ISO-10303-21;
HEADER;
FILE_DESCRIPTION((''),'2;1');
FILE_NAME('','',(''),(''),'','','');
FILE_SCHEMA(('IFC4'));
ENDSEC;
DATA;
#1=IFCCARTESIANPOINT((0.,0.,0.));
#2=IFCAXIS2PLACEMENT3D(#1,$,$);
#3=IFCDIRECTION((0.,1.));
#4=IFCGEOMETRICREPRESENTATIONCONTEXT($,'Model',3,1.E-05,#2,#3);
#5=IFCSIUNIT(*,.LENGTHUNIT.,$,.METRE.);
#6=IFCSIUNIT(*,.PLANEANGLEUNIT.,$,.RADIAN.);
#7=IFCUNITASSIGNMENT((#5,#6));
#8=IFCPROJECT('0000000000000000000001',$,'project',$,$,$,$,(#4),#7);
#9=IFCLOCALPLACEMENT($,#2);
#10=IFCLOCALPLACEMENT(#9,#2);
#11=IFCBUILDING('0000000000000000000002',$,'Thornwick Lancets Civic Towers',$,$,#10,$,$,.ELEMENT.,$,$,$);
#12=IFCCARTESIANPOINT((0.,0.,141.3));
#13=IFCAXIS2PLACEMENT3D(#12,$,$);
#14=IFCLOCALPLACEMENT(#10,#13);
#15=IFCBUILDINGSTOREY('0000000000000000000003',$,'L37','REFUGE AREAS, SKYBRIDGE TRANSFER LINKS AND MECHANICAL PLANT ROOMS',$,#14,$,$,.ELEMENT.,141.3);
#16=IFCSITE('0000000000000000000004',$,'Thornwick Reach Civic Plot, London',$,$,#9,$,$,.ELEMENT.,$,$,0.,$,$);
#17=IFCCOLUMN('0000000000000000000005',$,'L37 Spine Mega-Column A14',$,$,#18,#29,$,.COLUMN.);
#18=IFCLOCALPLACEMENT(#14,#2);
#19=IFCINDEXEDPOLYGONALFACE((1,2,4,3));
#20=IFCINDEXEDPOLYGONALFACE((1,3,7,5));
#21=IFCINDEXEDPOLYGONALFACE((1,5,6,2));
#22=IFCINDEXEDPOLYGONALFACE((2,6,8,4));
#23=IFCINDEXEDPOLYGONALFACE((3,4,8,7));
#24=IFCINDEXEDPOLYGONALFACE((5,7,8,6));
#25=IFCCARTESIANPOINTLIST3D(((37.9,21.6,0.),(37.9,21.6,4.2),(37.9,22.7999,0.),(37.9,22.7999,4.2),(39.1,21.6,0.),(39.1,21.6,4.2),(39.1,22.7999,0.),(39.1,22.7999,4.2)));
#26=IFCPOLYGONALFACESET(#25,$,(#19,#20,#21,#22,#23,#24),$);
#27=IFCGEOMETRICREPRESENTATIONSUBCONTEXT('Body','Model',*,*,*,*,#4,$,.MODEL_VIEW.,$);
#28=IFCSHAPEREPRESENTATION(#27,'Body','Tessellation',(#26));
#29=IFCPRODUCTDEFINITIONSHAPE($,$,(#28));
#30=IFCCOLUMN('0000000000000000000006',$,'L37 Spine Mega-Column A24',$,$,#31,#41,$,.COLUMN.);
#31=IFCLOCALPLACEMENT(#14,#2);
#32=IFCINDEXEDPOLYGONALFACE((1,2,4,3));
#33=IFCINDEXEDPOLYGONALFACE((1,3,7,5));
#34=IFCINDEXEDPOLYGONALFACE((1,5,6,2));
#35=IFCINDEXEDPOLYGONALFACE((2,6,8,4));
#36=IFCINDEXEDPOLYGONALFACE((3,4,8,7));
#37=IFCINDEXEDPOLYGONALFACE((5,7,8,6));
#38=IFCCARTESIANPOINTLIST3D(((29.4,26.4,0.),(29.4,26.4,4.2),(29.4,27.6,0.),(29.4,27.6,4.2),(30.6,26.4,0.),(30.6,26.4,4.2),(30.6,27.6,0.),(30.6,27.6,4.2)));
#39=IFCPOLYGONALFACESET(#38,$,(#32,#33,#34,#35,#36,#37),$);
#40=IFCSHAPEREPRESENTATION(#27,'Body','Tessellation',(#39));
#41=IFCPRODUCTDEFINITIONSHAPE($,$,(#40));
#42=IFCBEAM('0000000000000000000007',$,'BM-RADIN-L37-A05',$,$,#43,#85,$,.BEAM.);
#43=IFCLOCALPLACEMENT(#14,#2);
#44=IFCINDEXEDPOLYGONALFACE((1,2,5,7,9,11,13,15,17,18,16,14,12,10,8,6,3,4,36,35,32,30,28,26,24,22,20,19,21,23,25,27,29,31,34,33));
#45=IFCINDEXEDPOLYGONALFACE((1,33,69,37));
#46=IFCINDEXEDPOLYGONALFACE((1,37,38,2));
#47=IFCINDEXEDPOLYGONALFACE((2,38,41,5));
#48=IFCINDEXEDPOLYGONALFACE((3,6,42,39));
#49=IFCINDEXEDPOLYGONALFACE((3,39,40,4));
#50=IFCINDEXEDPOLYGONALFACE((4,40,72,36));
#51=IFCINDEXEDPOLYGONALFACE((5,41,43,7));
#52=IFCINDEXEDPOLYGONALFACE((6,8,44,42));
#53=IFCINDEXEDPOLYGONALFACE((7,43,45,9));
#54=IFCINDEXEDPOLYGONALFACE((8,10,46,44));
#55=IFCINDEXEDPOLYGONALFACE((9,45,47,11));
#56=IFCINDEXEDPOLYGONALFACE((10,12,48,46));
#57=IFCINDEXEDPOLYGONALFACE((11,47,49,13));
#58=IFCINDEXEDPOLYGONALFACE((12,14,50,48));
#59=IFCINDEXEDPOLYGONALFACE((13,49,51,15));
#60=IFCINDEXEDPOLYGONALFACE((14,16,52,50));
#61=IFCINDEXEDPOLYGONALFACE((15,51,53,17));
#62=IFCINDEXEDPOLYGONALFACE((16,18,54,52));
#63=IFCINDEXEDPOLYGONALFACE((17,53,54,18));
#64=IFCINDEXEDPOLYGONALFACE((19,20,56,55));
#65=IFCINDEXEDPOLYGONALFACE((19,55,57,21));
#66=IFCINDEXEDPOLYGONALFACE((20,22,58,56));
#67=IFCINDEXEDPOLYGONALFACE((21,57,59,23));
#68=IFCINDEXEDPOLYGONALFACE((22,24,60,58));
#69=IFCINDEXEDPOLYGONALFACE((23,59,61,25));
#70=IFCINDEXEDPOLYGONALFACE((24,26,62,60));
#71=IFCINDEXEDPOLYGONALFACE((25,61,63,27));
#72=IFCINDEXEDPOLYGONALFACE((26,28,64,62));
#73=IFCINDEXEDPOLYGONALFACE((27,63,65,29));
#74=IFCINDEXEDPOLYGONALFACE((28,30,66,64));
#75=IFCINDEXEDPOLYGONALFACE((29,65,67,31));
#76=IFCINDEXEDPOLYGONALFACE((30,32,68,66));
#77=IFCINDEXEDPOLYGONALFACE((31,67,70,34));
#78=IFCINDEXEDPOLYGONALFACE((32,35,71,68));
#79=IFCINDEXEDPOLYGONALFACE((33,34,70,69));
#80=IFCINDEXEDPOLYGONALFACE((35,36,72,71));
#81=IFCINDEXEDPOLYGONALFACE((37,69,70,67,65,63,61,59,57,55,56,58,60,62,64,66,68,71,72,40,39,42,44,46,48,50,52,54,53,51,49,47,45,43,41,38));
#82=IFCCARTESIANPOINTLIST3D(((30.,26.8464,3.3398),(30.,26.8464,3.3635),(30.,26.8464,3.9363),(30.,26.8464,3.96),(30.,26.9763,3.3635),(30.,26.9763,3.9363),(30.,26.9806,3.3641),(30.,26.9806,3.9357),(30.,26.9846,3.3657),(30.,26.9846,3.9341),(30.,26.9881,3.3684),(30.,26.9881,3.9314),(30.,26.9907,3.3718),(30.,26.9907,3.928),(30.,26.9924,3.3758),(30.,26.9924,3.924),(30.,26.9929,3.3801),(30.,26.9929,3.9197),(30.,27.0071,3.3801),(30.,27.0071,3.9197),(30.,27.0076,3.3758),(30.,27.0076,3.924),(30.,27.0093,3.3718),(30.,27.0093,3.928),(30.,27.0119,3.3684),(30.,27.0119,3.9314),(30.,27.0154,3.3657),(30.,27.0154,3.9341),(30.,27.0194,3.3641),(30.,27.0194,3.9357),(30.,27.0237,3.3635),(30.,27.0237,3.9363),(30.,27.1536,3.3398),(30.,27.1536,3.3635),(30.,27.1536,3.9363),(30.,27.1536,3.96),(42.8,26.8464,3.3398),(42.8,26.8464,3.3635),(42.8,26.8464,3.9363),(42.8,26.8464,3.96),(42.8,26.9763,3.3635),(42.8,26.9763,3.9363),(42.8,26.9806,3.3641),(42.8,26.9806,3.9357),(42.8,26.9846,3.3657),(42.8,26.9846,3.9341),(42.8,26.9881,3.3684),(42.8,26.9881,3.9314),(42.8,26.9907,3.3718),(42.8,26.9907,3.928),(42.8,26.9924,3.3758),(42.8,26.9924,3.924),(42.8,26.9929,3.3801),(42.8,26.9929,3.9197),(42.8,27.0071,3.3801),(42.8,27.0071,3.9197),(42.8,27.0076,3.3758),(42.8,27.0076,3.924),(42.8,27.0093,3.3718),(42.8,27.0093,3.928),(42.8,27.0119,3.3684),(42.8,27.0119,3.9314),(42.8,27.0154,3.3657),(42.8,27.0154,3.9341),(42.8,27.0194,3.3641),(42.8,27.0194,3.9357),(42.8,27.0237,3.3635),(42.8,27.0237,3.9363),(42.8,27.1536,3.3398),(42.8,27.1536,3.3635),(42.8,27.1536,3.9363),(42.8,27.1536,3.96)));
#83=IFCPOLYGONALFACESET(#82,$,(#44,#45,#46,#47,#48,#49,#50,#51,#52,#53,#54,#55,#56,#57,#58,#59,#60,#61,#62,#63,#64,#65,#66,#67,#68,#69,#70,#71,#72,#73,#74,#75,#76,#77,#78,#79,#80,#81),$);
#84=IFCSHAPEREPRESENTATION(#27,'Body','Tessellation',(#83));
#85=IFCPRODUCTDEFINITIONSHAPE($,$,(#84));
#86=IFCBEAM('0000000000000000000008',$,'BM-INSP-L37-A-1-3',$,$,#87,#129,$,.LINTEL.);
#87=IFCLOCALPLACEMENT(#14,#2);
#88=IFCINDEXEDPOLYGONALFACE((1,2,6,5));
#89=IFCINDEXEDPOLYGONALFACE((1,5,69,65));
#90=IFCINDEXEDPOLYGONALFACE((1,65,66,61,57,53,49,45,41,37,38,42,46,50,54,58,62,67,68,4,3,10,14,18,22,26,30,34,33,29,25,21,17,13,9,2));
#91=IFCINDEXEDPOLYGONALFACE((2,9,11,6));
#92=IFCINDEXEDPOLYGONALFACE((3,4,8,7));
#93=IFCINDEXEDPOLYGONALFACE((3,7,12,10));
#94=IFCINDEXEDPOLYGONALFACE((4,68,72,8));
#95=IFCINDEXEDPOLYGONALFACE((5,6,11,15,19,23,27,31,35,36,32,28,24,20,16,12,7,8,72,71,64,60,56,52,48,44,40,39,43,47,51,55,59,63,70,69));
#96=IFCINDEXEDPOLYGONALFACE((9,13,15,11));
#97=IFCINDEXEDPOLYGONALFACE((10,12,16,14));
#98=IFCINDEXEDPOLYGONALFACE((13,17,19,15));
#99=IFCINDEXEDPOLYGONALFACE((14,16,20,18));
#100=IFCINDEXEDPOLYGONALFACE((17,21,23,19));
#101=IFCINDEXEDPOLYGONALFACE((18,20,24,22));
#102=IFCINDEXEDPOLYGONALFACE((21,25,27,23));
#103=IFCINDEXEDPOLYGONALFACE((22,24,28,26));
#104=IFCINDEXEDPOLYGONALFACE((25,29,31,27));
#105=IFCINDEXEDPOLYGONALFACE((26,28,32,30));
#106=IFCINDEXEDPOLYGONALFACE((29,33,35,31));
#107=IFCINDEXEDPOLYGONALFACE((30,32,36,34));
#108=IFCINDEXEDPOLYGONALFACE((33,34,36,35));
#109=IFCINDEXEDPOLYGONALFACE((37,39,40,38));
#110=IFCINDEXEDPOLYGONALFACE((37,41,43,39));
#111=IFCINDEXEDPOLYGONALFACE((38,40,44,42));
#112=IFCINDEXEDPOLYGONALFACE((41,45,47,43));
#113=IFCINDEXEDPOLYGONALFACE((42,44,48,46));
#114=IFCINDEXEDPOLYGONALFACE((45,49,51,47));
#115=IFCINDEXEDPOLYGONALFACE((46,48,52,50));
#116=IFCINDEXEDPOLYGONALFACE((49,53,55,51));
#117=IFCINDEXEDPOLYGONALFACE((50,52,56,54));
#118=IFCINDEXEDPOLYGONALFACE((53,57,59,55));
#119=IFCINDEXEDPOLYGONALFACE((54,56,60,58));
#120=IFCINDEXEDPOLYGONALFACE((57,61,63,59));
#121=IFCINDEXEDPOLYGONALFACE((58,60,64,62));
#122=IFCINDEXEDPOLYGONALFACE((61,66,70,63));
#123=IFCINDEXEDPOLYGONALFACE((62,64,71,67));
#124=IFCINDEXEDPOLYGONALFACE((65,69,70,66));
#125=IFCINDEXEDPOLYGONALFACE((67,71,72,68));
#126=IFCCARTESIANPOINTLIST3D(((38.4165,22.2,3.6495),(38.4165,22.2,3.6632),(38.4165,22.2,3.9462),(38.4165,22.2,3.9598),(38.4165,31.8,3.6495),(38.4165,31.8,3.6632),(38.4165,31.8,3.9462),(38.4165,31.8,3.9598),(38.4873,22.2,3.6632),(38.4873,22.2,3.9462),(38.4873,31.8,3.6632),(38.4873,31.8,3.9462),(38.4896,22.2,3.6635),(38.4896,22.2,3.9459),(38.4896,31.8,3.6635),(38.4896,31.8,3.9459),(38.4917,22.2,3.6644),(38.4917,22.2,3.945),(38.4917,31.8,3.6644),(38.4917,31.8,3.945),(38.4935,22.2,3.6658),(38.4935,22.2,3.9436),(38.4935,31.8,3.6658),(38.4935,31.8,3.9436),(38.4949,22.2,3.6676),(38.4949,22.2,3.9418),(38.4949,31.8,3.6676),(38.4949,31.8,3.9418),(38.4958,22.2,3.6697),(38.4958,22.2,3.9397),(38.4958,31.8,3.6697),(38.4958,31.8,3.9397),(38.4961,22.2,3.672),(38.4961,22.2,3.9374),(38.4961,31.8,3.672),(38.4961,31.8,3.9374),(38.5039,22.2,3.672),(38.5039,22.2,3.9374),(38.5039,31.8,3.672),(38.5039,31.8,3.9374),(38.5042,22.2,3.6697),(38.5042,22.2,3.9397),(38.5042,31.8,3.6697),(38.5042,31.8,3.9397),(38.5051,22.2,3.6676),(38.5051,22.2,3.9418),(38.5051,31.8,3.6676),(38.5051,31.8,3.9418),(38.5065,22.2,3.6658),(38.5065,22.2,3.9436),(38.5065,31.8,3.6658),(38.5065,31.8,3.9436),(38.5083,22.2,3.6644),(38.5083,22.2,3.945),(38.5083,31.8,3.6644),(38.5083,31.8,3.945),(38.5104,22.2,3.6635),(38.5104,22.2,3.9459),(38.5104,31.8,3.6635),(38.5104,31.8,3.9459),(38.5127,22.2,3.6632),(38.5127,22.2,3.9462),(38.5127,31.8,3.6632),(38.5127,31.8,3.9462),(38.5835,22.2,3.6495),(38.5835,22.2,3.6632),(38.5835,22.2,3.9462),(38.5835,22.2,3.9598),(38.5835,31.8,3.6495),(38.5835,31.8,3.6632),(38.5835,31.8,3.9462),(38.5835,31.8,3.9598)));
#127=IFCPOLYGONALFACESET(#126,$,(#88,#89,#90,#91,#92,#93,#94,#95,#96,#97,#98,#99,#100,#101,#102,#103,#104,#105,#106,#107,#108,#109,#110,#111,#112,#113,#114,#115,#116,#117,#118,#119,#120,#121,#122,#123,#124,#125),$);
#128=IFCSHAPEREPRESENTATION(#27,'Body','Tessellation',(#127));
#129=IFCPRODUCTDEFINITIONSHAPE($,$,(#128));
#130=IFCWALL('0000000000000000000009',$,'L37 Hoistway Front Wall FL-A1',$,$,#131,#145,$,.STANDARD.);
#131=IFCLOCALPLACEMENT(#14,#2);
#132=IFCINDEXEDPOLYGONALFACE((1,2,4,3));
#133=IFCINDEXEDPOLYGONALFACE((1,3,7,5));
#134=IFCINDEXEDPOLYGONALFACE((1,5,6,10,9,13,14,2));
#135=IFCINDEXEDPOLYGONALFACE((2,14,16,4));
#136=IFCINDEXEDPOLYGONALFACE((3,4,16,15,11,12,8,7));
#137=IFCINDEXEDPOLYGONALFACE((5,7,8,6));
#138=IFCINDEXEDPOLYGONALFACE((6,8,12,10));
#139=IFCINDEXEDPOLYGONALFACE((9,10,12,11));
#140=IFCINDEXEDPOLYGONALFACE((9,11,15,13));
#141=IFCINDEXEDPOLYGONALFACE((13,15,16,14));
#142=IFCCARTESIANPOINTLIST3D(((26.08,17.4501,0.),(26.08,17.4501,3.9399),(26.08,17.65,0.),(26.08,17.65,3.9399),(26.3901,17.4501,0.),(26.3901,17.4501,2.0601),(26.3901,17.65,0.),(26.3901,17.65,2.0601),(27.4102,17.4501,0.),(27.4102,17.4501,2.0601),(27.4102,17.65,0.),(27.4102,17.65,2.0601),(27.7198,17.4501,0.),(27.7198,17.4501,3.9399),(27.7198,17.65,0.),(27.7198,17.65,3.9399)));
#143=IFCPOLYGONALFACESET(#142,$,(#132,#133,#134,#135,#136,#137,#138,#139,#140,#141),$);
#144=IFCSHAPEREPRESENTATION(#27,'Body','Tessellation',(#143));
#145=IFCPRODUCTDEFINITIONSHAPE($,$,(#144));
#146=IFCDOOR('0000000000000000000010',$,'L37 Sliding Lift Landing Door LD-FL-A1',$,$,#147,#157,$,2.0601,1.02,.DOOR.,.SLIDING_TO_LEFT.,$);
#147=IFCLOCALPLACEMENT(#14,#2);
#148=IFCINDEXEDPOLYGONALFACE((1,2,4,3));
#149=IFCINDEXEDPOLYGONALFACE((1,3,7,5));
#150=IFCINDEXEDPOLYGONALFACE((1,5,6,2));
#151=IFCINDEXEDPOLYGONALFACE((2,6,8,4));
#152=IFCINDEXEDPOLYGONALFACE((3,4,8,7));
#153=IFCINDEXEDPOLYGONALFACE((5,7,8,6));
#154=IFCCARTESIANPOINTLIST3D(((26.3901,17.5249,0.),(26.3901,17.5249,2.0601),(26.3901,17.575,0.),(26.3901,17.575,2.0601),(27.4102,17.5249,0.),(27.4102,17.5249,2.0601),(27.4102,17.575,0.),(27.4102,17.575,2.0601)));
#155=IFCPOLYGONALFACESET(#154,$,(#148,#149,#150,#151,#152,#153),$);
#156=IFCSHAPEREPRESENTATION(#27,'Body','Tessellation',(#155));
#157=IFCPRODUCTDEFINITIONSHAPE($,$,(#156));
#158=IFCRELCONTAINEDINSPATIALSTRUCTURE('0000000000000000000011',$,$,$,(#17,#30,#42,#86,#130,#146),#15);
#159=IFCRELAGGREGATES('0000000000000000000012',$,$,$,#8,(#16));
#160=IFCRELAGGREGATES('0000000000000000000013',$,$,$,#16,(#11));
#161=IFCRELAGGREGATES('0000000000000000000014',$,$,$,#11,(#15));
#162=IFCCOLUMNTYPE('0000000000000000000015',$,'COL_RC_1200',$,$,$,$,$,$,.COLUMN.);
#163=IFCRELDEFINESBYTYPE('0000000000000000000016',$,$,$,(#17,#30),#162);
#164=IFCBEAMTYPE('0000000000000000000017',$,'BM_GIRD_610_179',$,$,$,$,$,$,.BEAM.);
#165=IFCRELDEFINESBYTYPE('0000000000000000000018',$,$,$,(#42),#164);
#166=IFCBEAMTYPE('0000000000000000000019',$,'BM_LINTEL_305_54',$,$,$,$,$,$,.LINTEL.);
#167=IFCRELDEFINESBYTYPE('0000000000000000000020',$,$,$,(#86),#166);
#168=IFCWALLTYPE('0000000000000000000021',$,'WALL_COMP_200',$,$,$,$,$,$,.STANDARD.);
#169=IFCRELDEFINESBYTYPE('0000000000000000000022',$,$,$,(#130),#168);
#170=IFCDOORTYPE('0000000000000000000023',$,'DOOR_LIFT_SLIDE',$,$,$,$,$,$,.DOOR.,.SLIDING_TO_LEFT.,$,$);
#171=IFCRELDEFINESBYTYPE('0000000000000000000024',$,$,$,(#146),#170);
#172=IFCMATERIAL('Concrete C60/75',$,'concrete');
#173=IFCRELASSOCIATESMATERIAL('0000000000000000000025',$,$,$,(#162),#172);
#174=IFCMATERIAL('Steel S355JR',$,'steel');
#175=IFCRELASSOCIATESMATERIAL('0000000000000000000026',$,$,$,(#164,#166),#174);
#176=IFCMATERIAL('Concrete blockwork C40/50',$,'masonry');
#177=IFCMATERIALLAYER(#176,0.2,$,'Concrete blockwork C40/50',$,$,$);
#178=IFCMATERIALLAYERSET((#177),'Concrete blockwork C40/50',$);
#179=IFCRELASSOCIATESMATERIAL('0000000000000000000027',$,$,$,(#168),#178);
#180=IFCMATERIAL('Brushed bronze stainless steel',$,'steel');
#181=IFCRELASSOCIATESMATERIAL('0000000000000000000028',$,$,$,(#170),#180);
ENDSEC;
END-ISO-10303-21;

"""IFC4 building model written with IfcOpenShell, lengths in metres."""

from ifc_helpers import new_model, si_unit, direction, frame, frame_2d, origin, origin_2d, place, context, subcontext, project, spatial, rectangle, i_section, extrude, material, layer, layer_set, material_profile, profile_set, type_object, element, fill, save


model = new_model("IFC4")

# Units and contexts
model_context = context("Model", 3, precision=1e-05, world=origin(), true_north=direction((0.0, 1.0)))
body_context = subcontext(model_context, "Body", "Model", "MODEL_VIEW")
ifc_project = project(units=[si_unit("LENGTHUNIT", "METRE"), si_unit("PLANEANGLEUNIT", "RADIAN")], contexts=[model_context])

# Site, building, storey
site_placement = place(None, origin())
site = spatial("IfcSite", under=ifc_project, at=site_placement, Name="Thornwick Reach Civic Plot, London", CompositionType="ELEMENT", RefElevation=0.0)
building_placement = place(site_placement, origin())
building = spatial("IfcBuilding", under=site, at=building_placement, Name="Thornwick Lancets Civic Towers", CompositionType="ELEMENT")
storey_placement = place(building_placement, frame((0.0, 0.0, 141.3)))
storey = spatial("IfcBuildingStorey", under=building, at=storey_placement, Name="L37", Description="REFUGE AREAS, SKYBRIDGE TRANSFER LINKS AND MECHANICAL PLANT ROOMS", CompositionType="ELEMENT", Elevation=141.3)

# Columns
ifc_material_1 = material(Name="Concrete C60/75", Category="concrete")
ifc_material_profile_1 = material_profile(ifc_material_1, rectangle(XDim=1.2, YDim=1.2, at=origin_2d()), Name="RC 1200x1200")
ifc_profile_set_1 = profile_set([ifc_material_profile_1], Name="Concrete C60/75")
column_type = type_object("IfcColumnType", Name="COL_RC_1200", PredefinedType="COLUMN", material=ifc_profile_set_1)
for number, where, z_axis, x_axis, name in (
    (1, (38.5, 22.2, 0.0), (0.0, 0.0, 1.0), (1.0, 0.0, 0.0), "L37 Spine Mega-Column A14"),
    (2, (30.0, 27.0, 0.0), (0.0, 0.0, 1.0), (1.0, 0.0, 0.0), "L37 Spine Mega-Column A24"),
):
    element("IfcColumn", number, at=place(storey_placement, frame(where, z_axis=z_axis, x_axis=x_axis)), inside=storey, type_object=column_type, Name=name, PredefinedType="COLUMN", context=body_context, shape_type="SweptSolid", body=[
        extrude(rectangle(XDim=1.2, YDim=1.2, at=origin_2d()), origin(), (0.0, 0.0, 1.0), 4.2),
    ])

# Beams
ifc_material_2 = material(Name="Steel S355JR", Category="steel")
ifc_material_profile_2 = material_profile(ifc_material_2, i_section(OverallWidth=0.3071, OverallDepth=0.6201, WebThickness=0.0142, FlangeThickness=0.0237, FilletRadius=0.0166, at=origin_2d()), Name="UKB 610x305x179")
ifc_profile_set_2 = profile_set([ifc_material_profile_2], Name="Steel S355JR")
beam_type_1 = type_object("IfcBeamType", Name="BM_GIRD_610_179", PredefinedType="BEAM", material=ifc_profile_set_2)
beam_1_placement = place(storey_placement, frame((30.0, 27.0, 3.6499), z_axis=(1.0, 0.0, 0.0), x_axis=(0.0, 1.0, 0.0)))
element("IfcBeam", 3, at=beam_1_placement, inside=storey, type_object=beam_type_1, Name="BM-RADIN-L37-A05", PredefinedType="BEAM", context=body_context, shape_type="SweptSolid", body=[
    extrude(i_section(OverallWidth=0.3071, OverallDepth=0.6201, WebThickness=0.0142, FlangeThickness=0.0237, FilletRadius=0.0166, at=origin_2d()), origin(), (0.0, 0.0, 1.0), 12.8),
])
ifc_material_profile_3 = material_profile(ifc_material_2, i_section(OverallWidth=0.167, OverallDepth=0.3103, WebThickness=0.0078, FlangeThickness=0.0137, FilletRadius=0.0088, at=origin_2d()), Name="UKB 305x165x54")
ifc_profile_set_3 = profile_set([ifc_material_profile_3], Name="Steel S355JR")
beam_type_2 = type_object("IfcBeamType", Name="BM_LINTEL_305_54", PredefinedType="LINTEL", material=ifc_profile_set_3)
beam_2_placement = place(storey_placement, frame((38.5, 22.2, 3.8047), z_axis=(0.0, 1.0, 0.0), x_axis=(-1.0, 0.0, 0.0)))
element("IfcBeam", 4, at=beam_2_placement, inside=storey, type_object=beam_type_2, Name="BM-INSP-L37-A-1-3", PredefinedType="LINTEL", context=body_context, shape_type="SweptSolid", body=[
    extrude(i_section(OverallWidth=0.167, OverallDepth=0.3103, WebThickness=0.0078, FlangeThickness=0.0137, FilletRadius=0.0088, at=origin_2d()), origin(), (0.0, 0.0, 1.0), 9.6001),
])

# Wall, opening, door
ifc_material_3 = material(Name="Concrete blockwork C40/50", Category="masonry")
ifc_layer_1 = layer(ifc_material_3, 0.2, Name="Concrete blockwork C40/50")
ifc_layer_set_1 = layer_set([ifc_layer_1], Name="Concrete blockwork C40/50")
wall_type_1 = type_object("IfcWallType", Name="WALL_COMP_200", PredefinedType="STANDARD", material=ifc_layer_set_1)
wall_1_placement = place(storey_placement, frame((26.0801, 17.55, 0.0), z_axis=(0.0, 0.0, 1.0), x_axis=(1.0, 0.0, 0.0)))
wall_1 = element("IfcWall", 5, at=wall_1_placement, inside=storey, type_object=wall_type_1, Name="L37 Hoistway Front Wall FL-A1", PredefinedType="STANDARD", context=body_context, shape_type="SweptSolid", body=[
    extrude(rectangle(XDim=1.6399, YDim=0.2, at=frame_2d((0.8198, 0.0))), origin(), (0.0, 0.0, 1.0), 3.9399),
])
opening_1_placement = place(wall_1_placement, frame((0.3101, 0.0, 0.0)))
opening_1 = element("IfcOpeningElement", 6, at=opening_1_placement, cuts=wall_1, PredefinedType="OPENING", context=body_context, shape_type="SweptSolid", body=[
    extrude(rectangle(XDim=1.02, YDim=2.0601, at=frame_2d((0.51, 1.03))), frame((0.0, 0.1099, 0.0), z_axis=(0.0, -1.0, 0.0), x_axis=(1.0, 0.0, 0.0)), (0.0, 0.0, 1.0), 0.22),
])
ifc_material_4 = material(Name="Brushed bronze stainless steel", Category="steel")
door_type_1 = type_object("IfcDoorType", Name="DOOR_LIFT_SLIDE", OperationType="SLIDING_TO_LEFT", PredefinedType="DOOR", material=ifc_material_4)
door_1_placement = place(opening_1_placement, origin())
door_1 = element("IfcDoor", 7, at=door_1_placement, inside=storey, type_object=door_type_1, Name="L37 Sliding Lift Landing Door LD-FL-A1", OperationType="SLIDING_TO_LEFT", OverallHeight=2.0601, OverallWidth=1.02, PredefinedType="DOOR", context=body_context, shape_type="SweptSolid", body=[
    extrude(rectangle(XDim=1.02, YDim=2.0601, at=frame_2d((0.51, 1.03))), frame((0.0, 0.0249, 0.0), z_axis=(0.0, -1.0, 0.0), x_axis=(1.0, 0.0, 0.0)), (0.0, 0.0, 1.0), 0.05),
])
fill(opening_1, door_1)

save(model, "model.ifc")
